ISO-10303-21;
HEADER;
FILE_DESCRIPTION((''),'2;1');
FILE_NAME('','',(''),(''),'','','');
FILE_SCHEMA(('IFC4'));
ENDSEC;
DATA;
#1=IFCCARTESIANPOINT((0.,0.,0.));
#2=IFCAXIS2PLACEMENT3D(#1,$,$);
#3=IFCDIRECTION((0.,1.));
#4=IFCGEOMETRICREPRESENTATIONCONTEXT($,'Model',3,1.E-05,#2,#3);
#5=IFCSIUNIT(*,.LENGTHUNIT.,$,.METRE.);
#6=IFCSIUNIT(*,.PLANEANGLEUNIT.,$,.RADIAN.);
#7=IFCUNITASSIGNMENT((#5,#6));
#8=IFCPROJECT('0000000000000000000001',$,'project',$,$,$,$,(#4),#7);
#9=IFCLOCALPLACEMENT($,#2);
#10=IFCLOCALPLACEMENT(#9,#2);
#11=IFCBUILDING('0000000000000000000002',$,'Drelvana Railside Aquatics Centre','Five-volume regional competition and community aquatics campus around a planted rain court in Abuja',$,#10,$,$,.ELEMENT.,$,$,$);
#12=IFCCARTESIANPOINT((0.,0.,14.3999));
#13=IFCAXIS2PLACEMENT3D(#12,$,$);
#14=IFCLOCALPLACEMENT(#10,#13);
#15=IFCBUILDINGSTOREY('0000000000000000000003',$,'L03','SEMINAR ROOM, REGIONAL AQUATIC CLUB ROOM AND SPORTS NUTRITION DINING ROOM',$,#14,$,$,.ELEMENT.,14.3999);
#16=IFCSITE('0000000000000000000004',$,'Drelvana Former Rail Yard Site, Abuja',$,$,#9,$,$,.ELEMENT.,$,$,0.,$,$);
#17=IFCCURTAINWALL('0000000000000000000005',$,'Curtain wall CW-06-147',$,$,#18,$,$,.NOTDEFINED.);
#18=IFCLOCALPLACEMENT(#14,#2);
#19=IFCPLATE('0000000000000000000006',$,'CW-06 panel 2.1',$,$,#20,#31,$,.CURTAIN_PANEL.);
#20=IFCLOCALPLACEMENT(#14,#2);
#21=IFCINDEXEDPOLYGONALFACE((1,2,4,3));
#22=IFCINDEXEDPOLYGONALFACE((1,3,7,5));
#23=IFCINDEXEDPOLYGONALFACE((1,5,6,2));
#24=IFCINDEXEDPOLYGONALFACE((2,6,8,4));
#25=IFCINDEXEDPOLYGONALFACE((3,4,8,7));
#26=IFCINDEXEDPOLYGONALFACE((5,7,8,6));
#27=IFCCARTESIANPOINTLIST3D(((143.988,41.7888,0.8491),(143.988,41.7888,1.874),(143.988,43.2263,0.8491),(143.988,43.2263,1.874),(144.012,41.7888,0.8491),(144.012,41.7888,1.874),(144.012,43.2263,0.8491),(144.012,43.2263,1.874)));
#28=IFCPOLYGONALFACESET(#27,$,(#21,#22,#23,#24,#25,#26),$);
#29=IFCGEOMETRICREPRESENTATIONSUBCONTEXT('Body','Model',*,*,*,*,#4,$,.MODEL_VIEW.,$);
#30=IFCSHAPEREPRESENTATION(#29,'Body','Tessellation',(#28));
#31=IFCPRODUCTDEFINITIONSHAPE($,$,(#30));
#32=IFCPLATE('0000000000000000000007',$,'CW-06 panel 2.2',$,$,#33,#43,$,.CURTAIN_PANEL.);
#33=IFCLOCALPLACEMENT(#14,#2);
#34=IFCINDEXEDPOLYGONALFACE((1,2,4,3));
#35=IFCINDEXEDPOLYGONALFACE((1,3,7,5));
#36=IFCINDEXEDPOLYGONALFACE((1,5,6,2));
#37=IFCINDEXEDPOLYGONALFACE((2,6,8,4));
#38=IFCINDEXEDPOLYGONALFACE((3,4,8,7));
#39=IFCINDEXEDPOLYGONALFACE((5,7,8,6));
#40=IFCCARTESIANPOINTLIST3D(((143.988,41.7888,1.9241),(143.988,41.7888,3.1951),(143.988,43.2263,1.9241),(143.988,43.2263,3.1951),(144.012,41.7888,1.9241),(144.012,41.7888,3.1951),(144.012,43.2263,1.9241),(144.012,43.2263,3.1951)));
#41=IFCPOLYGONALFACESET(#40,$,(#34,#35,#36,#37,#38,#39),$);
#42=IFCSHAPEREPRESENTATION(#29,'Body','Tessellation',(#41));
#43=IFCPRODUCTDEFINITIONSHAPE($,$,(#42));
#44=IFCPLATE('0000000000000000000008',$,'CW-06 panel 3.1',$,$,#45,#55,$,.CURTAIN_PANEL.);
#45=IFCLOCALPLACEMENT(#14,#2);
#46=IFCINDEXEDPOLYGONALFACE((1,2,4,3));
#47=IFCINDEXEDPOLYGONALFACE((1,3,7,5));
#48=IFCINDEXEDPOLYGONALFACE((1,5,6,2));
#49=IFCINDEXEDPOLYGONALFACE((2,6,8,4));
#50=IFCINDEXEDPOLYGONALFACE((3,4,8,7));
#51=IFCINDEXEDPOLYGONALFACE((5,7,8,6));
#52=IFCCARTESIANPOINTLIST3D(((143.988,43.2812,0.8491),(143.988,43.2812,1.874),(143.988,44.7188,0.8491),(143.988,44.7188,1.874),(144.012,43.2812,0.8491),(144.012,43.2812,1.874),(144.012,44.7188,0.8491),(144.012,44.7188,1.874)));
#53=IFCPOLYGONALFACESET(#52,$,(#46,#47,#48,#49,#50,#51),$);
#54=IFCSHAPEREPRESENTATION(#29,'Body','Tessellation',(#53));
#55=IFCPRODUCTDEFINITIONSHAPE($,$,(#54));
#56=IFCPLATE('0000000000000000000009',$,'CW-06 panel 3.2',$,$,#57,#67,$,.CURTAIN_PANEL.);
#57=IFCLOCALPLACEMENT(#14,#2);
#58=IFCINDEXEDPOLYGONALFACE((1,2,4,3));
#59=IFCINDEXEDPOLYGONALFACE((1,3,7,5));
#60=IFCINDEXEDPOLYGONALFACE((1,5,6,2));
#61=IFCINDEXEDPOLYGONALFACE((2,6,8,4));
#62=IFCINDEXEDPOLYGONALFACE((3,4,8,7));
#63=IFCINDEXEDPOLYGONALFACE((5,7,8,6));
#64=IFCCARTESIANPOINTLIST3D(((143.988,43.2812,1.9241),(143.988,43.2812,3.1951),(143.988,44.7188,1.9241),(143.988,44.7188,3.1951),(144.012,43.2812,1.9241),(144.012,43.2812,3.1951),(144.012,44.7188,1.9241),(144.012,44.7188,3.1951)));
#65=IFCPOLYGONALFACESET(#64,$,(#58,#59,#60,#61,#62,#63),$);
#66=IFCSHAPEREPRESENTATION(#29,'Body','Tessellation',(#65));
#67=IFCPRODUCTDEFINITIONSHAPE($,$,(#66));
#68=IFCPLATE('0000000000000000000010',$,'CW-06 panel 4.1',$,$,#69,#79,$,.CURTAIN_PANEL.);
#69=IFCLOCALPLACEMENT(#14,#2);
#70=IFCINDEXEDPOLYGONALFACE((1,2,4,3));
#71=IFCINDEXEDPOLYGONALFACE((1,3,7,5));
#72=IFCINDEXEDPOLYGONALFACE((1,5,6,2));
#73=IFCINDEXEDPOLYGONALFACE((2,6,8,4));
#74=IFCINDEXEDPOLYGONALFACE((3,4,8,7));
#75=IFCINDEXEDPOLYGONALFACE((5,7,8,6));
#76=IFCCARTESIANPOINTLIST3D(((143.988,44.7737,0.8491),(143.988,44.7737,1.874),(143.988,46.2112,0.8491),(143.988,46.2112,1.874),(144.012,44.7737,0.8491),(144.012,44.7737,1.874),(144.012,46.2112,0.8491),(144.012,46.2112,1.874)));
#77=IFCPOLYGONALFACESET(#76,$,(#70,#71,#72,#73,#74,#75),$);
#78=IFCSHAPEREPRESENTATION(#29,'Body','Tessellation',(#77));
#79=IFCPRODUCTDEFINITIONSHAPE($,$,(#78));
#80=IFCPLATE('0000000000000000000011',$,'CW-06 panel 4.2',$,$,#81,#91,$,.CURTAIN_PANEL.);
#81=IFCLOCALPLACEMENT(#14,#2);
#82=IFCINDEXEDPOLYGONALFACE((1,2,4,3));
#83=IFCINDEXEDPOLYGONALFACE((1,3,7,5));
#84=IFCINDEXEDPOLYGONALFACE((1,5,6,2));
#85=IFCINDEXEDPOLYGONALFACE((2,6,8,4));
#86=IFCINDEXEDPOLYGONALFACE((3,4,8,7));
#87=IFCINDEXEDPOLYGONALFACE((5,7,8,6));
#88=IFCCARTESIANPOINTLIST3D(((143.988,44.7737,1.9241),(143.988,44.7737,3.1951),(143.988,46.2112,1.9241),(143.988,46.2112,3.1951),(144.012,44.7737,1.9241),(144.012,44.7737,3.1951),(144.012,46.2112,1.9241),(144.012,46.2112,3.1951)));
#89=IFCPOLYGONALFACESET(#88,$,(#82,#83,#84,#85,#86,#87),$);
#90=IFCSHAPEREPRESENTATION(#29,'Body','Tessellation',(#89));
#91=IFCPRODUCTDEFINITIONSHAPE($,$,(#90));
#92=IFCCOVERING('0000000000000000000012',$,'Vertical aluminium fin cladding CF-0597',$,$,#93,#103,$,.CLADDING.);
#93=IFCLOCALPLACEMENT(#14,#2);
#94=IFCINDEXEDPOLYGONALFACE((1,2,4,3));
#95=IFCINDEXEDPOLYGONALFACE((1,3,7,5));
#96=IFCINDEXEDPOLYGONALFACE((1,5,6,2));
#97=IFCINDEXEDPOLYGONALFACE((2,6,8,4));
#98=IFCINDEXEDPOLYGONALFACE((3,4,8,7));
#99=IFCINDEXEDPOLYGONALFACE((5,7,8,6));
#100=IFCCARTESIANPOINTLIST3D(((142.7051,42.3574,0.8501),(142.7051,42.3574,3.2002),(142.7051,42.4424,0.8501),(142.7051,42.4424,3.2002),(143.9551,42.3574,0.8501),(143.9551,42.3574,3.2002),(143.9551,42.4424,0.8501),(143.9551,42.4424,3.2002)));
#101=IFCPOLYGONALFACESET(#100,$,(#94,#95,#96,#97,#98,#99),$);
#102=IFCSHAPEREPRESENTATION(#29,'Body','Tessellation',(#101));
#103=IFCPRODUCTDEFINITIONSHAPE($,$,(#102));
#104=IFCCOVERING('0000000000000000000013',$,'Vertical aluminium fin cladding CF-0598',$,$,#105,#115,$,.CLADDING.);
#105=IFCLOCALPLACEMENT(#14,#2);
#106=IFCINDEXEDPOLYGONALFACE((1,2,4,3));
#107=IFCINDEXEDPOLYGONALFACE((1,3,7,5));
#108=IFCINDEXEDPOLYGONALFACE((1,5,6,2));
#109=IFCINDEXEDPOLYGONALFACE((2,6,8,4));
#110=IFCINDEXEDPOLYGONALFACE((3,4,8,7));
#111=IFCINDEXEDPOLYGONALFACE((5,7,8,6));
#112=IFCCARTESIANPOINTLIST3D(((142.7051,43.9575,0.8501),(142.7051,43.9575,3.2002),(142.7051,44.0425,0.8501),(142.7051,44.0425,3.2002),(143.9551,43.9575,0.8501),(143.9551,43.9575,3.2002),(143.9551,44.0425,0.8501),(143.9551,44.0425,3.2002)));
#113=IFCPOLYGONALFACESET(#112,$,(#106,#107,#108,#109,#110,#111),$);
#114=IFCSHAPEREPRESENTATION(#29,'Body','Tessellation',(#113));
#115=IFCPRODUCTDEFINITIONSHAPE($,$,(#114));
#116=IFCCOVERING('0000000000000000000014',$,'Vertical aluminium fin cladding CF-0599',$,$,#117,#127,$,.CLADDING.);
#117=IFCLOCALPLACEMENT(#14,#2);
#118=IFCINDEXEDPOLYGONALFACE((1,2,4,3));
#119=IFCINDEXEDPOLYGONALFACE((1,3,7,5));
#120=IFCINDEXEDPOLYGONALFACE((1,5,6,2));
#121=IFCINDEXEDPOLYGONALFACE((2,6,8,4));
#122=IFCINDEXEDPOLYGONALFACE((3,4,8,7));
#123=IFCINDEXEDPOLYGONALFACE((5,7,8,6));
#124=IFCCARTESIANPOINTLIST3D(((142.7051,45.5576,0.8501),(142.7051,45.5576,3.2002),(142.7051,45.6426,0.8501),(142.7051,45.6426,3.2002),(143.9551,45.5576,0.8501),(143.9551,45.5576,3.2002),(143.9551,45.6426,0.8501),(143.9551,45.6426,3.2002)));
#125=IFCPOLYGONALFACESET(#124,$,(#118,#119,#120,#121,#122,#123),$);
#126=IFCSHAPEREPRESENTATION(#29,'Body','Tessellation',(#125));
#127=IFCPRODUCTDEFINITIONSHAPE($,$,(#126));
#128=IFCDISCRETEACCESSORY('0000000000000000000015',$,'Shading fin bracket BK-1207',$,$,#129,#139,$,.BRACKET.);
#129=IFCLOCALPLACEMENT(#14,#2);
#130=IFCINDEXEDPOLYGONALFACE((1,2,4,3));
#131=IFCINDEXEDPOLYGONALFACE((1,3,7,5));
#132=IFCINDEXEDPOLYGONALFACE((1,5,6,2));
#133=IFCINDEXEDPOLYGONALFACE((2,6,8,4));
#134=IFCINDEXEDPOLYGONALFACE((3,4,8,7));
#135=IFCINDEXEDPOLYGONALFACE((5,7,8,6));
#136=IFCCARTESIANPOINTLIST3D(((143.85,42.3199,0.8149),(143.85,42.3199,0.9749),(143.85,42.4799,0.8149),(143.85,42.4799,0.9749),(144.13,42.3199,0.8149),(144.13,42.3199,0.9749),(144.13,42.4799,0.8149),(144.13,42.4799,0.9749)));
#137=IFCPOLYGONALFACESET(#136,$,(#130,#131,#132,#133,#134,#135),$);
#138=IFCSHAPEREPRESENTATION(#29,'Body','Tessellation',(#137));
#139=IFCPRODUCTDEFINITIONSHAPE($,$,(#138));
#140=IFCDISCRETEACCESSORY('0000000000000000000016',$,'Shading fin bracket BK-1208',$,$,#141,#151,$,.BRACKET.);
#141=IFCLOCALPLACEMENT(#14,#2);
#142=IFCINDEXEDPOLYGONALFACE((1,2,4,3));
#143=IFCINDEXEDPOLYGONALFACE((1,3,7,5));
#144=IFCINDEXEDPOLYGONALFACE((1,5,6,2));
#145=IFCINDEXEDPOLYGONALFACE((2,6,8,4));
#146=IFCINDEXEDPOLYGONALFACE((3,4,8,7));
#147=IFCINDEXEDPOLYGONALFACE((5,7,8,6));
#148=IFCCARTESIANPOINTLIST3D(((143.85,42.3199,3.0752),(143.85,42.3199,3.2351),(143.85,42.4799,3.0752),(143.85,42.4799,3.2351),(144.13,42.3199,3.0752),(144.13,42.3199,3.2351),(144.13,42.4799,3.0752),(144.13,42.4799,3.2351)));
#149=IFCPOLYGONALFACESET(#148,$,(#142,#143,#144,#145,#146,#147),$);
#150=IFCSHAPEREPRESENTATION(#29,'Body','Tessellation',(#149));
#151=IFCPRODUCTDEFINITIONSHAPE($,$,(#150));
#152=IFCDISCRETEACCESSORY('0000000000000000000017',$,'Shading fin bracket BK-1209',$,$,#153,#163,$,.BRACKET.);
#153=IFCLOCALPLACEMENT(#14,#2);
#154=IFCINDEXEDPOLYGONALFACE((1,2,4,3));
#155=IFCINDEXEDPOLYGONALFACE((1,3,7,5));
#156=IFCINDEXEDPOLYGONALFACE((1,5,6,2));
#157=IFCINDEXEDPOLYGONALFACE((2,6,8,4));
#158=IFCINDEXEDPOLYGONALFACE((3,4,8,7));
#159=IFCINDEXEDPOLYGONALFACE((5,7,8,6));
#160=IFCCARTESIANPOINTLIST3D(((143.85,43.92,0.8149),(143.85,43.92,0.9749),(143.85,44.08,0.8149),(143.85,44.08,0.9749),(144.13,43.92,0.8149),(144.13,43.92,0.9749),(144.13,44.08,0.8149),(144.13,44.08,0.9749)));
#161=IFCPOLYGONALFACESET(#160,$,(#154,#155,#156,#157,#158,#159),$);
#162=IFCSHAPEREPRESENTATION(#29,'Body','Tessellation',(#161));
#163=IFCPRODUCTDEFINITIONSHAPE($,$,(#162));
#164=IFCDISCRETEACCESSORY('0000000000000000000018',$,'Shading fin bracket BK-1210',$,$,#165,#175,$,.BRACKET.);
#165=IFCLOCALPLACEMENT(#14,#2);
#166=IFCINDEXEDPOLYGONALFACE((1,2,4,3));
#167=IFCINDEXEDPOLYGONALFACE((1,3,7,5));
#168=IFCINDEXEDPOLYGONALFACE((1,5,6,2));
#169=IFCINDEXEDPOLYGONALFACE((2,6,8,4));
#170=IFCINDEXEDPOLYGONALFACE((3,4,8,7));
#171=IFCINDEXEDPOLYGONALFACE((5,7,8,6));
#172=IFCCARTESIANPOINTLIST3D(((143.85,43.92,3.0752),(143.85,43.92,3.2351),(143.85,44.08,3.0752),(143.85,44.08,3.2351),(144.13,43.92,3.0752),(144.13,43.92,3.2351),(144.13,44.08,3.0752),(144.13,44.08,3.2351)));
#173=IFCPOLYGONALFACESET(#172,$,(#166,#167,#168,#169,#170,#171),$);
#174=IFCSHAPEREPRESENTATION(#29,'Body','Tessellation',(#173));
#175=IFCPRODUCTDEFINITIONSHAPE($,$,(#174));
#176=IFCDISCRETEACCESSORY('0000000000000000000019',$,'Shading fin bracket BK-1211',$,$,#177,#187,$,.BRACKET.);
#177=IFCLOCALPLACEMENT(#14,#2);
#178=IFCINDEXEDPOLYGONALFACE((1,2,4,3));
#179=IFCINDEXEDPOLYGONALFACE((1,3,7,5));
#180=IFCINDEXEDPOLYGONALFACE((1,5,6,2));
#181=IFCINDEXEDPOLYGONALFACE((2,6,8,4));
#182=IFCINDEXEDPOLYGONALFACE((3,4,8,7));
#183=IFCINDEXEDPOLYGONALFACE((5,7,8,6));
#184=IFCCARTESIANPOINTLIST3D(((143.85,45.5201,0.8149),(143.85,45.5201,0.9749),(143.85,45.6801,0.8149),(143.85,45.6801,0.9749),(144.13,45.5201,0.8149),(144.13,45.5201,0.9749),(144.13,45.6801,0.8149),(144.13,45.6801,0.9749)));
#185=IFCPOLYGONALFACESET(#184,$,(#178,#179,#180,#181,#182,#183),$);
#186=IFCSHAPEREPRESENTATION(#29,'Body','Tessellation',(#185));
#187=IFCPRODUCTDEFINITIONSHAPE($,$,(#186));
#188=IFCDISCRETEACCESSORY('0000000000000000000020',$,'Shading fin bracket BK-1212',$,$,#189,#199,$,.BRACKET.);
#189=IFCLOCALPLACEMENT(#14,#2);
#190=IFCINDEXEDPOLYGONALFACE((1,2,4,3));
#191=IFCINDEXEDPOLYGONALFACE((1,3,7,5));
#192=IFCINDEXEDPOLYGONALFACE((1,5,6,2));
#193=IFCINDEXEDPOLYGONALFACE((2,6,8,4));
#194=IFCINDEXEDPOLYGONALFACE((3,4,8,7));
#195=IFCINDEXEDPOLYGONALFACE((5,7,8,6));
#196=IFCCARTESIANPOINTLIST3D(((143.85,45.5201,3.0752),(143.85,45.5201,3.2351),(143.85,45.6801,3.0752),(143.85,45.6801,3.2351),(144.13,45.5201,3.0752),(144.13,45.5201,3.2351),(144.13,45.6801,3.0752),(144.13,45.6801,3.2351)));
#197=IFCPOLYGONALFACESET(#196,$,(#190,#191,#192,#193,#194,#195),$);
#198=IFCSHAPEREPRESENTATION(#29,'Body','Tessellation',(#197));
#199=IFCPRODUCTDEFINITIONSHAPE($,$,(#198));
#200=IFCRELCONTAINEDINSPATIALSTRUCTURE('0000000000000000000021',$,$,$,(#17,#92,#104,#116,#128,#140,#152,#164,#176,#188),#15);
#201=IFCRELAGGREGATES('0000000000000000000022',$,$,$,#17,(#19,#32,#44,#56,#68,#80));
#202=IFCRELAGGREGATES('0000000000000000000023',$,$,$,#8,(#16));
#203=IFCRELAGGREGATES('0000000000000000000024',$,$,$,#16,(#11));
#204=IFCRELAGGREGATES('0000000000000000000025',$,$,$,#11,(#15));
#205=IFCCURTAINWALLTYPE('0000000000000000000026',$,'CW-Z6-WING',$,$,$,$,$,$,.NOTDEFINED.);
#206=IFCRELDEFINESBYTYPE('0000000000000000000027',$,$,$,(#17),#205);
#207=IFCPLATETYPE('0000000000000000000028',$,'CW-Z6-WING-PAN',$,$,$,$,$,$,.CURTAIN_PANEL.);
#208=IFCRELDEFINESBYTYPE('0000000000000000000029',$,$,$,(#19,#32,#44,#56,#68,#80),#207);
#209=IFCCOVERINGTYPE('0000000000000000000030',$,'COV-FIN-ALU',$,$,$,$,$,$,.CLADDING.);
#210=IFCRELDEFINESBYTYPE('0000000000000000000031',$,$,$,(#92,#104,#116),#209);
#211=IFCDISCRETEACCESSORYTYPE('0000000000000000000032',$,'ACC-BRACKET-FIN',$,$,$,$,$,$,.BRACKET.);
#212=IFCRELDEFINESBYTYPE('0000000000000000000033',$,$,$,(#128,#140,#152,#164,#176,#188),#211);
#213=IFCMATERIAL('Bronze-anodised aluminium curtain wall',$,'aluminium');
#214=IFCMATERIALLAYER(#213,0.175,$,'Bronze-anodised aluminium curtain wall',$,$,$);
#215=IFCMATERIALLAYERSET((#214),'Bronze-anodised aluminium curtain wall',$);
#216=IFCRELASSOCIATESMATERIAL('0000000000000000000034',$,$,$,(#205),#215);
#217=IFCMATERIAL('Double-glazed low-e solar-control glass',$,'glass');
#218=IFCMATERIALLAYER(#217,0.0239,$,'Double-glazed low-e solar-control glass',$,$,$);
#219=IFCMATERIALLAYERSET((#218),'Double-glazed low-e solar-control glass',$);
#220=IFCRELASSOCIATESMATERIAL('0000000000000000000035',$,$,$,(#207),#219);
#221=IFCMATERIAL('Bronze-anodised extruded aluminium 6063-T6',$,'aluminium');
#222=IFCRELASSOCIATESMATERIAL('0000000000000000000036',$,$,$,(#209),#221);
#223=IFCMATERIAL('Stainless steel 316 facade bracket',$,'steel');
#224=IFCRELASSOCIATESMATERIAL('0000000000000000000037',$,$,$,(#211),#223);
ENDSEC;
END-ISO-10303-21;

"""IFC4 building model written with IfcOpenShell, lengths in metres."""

from ifc_helpers import new_model, si_unit, direction, frame, origin, origin_2d, place, context, subcontext, project, spatial, rectangle, extrude, material, layer, layer_set, type_object, element, aggregate, save


model = new_model("IFC4")

# Units and contexts
model_context = context("Model", 3, precision=1e-05, world=origin(), true_north=direction((0.0, 1.0)))
body_context = subcontext(model_context, "Body", "Model", "MODEL_VIEW")
ifc_project = project(units=[si_unit("LENGTHUNIT", "METRE"), si_unit("PLANEANGLEUNIT", "RADIAN")], contexts=[model_context])

# Site, building, storey
site_placement = place(None, origin())
site = spatial("IfcSite", under=ifc_project, at=site_placement, Name="Drelvana Former Rail Yard Site, Abuja", CompositionType="ELEMENT", RefElevation=0.0)
building_placement = place(site_placement, origin())
building = spatial("IfcBuilding", under=site, at=building_placement, Name="Drelvana Railside Aquatics Centre", Description="Five-volume regional competition and community aquatics campus around a planted rain court in Abuja", CompositionType="ELEMENT")
storey_placement = place(building_placement, frame((0.0, 0.0, 14.3999)))
storey = spatial("IfcBuildingStorey", under=building, at=storey_placement, Name="L03", Description="SEMINAR ROOM, REGIONAL AQUATIC CLUB ROOM AND SPORTS NUTRITION DINING ROOM", CompositionType="ELEMENT", Elevation=14.3999)

# Curtain wall, plates
ifc_material_1 = material(Name="Bronze-anodised aluminium curtain wall", Category="aluminium")
ifc_layer_1 = layer(ifc_material_1, 0.175, Name="Bronze-anodised aluminium curtain wall")
ifc_layer_set_1 = layer_set([ifc_layer_1], Name="Bronze-anodised aluminium curtain wall")
curtain_wall_type = type_object("IfcCurtainWallType", Name="CW-Z6-WING", PredefinedType="NOTDEFINED", material=ifc_layer_set_1)
curtain_wall_placement = place(storey_placement, origin())
curtain_wall = element("IfcCurtainWall", 1, at=curtain_wall_placement, inside=storey, type_object=curtain_wall_type, Name="Curtain wall CW-06-147", PredefinedType="NOTDEFINED")
ifc_material_2 = material(Name="Double-glazed low-e solar-control glass", Category="glass")
ifc_layer_2 = layer(ifc_material_2, 0.0239, Name="Double-glazed low-e solar-control glass")
ifc_layer_set_2 = layer_set([ifc_layer_2], Name="Double-glazed low-e solar-control glass")
plate_type = type_object("IfcPlateType", Name="CW-Z6-WING-PAN", PredefinedType="CURTAIN_PANEL", material=ifc_layer_set_2)
plate_1_placement = place(storey_placement, frame((144.0, 42.5076, 0.8491), z_axis=(0.0, 0.0, 1.0), x_axis=(0.0, 1.0, 0.0)))
plate_1 = element("IfcPlate", 2, at=plate_1_placement, type_object=plate_type, Name="CW-06 panel 2.1", PredefinedType="CURTAIN_PANEL", context=body_context, shape_type="SweptSolid", body=[
    extrude(rectangle(XDim=1.4375, YDim=0.0239, at=origin_2d()), origin(), (0.0, 0.0, 1.0), 1.0249),
])
plate_2_placement = place(storey_placement, frame((144.0, 42.5076, 1.9241), z_axis=(0.0, 0.0, 1.0), x_axis=(0.0, 1.0, 0.0)))
plate_2 = element("IfcPlate", 3, at=plate_2_placement, type_object=plate_type, Name="CW-06 panel 2.2", PredefinedType="CURTAIN_PANEL", context=body_context, shape_type="SweptSolid", body=[
    extrude(rectangle(XDim=1.4375, YDim=0.0239, at=origin_2d()), origin(), (0.0, 0.0, 1.0), 1.271),
])
plate_3_placement = place(storey_placement, frame((144.0, 44.0, 0.8491), z_axis=(0.0, 0.0, 1.0), x_axis=(0.0, 1.0, 0.0)))
plate_3 = element("IfcPlate", 4, at=plate_3_placement, type_object=plate_type, Name="CW-06 panel 3.1", PredefinedType="CURTAIN_PANEL", context=body_context, shape_type="SweptSolid", body=[
    extrude(rectangle(XDim=1.4375, YDim=0.0239, at=origin_2d()), origin(), (0.0, 0.0, 1.0), 1.0249),
])
plate_4_placement = place(storey_placement, frame((144.0, 44.0, 1.9241), z_axis=(0.0, 0.0, 1.0), x_axis=(0.0, 1.0, 0.0)))
plate_4 = element("IfcPlate", 5, at=plate_4_placement, type_object=plate_type, Name="CW-06 panel 3.2", PredefinedType="CURTAIN_PANEL", context=body_context, shape_type="SweptSolid", body=[
    extrude(rectangle(XDim=1.4375, YDim=0.0239, at=origin_2d()), origin(), (0.0, 0.0, 1.0), 1.271),
])
plate_5_placement = place(storey_placement, frame((144.0, 45.4924, 0.8491), z_axis=(0.0, 0.0, 1.0), x_axis=(0.0, 1.0, 0.0)))
plate_5 = element("IfcPlate", 6, at=plate_5_placement, type_object=plate_type, Name="CW-06 panel 4.1", PredefinedType="CURTAIN_PANEL", context=body_context, shape_type="SweptSolid", body=[
    extrude(rectangle(XDim=1.4375, YDim=0.0239, at=origin_2d()), origin(), (0.0, 0.0, 1.0), 1.0249),
])
plate_6_placement = place(storey_placement, frame((144.0, 45.4924, 1.9241), z_axis=(0.0, 0.0, 1.0), x_axis=(0.0, 1.0, 0.0)))
plate_6 = element("IfcPlate", 7, at=plate_6_placement, type_object=plate_type, Name="CW-06 panel 4.2", PredefinedType="CURTAIN_PANEL", context=body_context, shape_type="SweptSolid", body=[
    extrude(rectangle(XDim=1.4375, YDim=0.0239, at=origin_2d()), origin(), (0.0, 0.0, 1.0), 1.271),
])
aggregate(curtain_wall, [plate_1, plate_2, plate_3, plate_4, plate_5, plate_6])

# Coverings
ifc_material_3 = material(Name="Bronze-anodised extruded aluminium 6063-T6", Category="aluminium")
covering_type = type_object("IfcCoveringType", Name="COV-FIN-ALU", PredefinedType="CLADDING", material=ifc_material_3)
for number, where, z_axis, x_axis, name in (
    (8, (143.3301, 42.3999, 0.8501), (0.0, 0.0, 1.0), (0.0, 1.0, 0.0), "Vertical aluminium fin cladding CF-0597"),
    (9, (143.3301, 44.0, 0.8501), (0.0, 0.0, 1.0), (0.0, 1.0, 0.0), "Vertical aluminium fin cladding CF-0598"),
    (10, (143.3301, 45.6001, 0.8501), (0.0, 0.0, 1.0), (0.0, 1.0, 0.0), "Vertical aluminium fin cladding CF-0599"),
):
    element("IfcCovering", number, at=place(storey_placement, frame(where, z_axis=z_axis, x_axis=x_axis)), inside=storey, type_object=covering_type, Name=name, PredefinedType="CLADDING", context=body_context, shape_type="SweptSolid", body=[
        extrude(rectangle(XDim=0.085, YDim=1.25, at=origin_2d()), origin(), (0.0, 0.0, 1.0), 2.3501),
    ])

# Discrete accessories
ifc_material_4 = material(Name="Stainless steel 316 facade bracket", Category="steel")
discrete_accessory_type = type_object("IfcDiscreteAccessoryType", Name="ACC-BRACKET-FIN", PredefinedType="BRACKET", material=ifc_material_4)
for number, where, z_axis, x_axis, name in (
    (11, (143.99, 42.3999, 0.8149), (0.0, 0.0, 1.0), (-1.0, 0.0, 0.0), "Shading fin bracket BK-1207"),
    (12, (143.99, 42.3999, 3.0752), (0.0, 0.0, 1.0), (-1.0, 0.0, 0.0), "Shading fin bracket BK-1208"),
    (13, (143.99, 44.0, 0.8149), (0.0, 0.0, 1.0), (-1.0, 0.0, 0.0), "Shading fin bracket BK-1209"),
    (14, (143.99, 44.0, 3.0752), (0.0, 0.0, 1.0), (-1.0, 0.0, 0.0), "Shading fin bracket BK-1210"),
    (15, (143.99, 45.6001, 0.8149), (0.0, 0.0, 1.0), (-1.0, 0.0, 0.0), "Shading fin bracket BK-1211"),
    (16, (143.99, 45.6001, 3.0752), (0.0, 0.0, 1.0), (-1.0, 0.0, 0.0), "Shading fin bracket BK-1212"),
):
    element("IfcDiscreteAccessory", number, at=place(storey_placement, frame(where, z_axis=z_axis, x_axis=x_axis)), inside=storey, type_object=discrete_accessory_type, Name=name, PredefinedType="BRACKET", context=body_context, shape_type="SweptSolid", body=[
        extrude(rectangle(XDim=0.28, YDim=0.1599, at=origin_2d()), origin(), (0.0, 0.0, 1.0), 0.1599),
    ])

save(model, "model.ifc")
